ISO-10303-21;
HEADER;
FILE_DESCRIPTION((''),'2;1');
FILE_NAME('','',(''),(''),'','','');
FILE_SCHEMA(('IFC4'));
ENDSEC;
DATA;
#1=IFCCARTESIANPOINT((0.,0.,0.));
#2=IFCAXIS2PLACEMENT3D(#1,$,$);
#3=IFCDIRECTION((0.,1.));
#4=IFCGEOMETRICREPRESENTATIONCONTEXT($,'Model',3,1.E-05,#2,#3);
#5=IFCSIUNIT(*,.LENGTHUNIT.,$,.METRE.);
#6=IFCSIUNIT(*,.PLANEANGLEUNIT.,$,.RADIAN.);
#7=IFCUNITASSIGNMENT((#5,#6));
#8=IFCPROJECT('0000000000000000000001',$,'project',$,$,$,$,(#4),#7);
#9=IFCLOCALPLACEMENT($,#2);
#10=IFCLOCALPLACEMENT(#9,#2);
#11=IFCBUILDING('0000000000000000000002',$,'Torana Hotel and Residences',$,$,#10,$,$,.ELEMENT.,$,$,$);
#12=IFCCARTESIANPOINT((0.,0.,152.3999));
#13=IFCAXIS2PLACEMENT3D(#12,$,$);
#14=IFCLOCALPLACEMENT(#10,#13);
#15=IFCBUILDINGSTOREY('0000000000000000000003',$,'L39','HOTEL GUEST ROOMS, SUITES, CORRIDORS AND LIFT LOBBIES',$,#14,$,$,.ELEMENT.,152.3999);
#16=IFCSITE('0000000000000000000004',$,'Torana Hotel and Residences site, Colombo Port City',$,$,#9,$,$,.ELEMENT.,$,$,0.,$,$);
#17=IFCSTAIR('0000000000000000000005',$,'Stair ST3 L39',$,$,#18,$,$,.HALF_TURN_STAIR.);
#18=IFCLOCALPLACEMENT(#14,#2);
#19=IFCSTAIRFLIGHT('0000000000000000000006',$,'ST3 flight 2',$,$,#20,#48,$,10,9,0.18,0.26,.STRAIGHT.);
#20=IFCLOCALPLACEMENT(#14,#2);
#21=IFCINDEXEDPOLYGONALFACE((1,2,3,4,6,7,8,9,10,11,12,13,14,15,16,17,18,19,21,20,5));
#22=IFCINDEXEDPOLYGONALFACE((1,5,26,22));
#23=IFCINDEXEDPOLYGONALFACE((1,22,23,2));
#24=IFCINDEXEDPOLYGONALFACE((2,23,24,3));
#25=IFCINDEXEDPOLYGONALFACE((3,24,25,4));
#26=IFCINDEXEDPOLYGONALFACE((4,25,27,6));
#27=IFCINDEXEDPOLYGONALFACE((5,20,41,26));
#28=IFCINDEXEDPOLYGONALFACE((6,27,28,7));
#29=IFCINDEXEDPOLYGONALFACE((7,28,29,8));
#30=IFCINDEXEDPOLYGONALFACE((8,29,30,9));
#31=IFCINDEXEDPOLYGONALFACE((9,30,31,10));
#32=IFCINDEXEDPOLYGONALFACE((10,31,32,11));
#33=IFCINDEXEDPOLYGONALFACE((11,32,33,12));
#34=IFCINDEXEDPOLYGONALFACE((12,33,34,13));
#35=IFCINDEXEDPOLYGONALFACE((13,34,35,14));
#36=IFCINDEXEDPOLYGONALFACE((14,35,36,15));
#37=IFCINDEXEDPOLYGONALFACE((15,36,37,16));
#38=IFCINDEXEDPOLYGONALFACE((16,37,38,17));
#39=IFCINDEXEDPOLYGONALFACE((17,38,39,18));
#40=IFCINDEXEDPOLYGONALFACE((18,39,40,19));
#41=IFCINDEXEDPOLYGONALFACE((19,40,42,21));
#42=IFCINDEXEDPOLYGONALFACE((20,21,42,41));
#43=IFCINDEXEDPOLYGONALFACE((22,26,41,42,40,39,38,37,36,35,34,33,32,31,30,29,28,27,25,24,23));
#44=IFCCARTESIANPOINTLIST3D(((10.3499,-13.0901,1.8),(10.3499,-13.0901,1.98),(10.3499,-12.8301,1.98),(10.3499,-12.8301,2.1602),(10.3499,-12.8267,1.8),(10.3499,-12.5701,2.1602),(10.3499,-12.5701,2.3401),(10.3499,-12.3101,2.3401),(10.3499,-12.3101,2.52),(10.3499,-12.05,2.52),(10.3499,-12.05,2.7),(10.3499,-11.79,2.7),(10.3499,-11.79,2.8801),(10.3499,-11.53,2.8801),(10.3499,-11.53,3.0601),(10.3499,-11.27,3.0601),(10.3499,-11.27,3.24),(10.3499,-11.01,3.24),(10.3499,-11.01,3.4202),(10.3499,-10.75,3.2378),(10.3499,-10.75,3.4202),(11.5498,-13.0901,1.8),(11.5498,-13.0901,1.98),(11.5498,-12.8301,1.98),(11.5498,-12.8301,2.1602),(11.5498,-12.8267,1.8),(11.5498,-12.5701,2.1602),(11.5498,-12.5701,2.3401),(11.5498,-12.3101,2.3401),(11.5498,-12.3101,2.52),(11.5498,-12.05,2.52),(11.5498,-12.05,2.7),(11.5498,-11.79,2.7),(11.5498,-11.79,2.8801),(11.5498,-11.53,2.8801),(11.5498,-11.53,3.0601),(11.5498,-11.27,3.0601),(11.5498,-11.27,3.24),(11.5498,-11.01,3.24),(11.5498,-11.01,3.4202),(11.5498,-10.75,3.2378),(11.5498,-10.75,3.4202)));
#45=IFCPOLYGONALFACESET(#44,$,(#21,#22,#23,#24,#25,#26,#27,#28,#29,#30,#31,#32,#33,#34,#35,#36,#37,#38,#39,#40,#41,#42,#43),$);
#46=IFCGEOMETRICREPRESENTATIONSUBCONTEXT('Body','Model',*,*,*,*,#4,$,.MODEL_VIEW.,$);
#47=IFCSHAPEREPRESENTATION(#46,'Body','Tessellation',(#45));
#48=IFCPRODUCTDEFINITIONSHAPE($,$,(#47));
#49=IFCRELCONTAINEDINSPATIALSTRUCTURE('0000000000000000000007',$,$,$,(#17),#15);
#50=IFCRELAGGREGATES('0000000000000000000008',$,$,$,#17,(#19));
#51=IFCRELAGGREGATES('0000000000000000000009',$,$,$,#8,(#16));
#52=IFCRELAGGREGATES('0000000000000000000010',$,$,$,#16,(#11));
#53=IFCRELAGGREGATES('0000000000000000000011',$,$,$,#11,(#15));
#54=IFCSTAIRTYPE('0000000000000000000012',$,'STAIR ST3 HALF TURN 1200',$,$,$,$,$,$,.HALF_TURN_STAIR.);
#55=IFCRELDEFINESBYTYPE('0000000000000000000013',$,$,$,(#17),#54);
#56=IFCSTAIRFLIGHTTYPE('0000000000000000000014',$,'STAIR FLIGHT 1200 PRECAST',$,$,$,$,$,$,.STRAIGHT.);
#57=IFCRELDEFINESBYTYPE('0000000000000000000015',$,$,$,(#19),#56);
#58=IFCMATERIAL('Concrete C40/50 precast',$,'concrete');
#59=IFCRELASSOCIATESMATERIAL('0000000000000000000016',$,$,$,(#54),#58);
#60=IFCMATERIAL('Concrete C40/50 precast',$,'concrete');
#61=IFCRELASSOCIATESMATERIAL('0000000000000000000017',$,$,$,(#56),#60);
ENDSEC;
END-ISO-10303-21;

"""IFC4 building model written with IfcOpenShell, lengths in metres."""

from ifc_helpers import new_model, si_unit, direction, frame, origin, place, context, subcontext, project, spatial, polyline, outline, extrude, material, type_object, element, aggregate, save


model = new_model("IFC4")

# Units and contexts
model_context = context("Model", 3, precision=1e-05, world=origin(), true_north=direction((0.0, 1.0)))
body_context = subcontext(model_context, "Body", "Model", "MODEL_VIEW")
ifc_project = project(units=[si_unit("LENGTHUNIT", "METRE"), si_unit("PLANEANGLEUNIT", "RADIAN")], contexts=[model_context])

# Site, building, storey
site_placement = place(None, origin())
site = spatial("IfcSite", under=ifc_project, at=site_placement, Name="Torana Hotel and Residences site, Colombo Port City", CompositionType="ELEMENT", RefElevation=0.0)
building_placement = place(site_placement, origin())
building = spatial("IfcBuilding", under=site, at=building_placement, Name="Torana Hotel and Residences", CompositionType="ELEMENT")
storey_placement = place(building_placement, frame((0.0, 0.0, 152.3999)))
storey = spatial("IfcBuildingStorey", under=building, at=storey_placement, Name="L39", Description="HOTEL GUEST ROOMS, SUITES, CORRIDORS AND LIFT LOBBIES", CompositionType="ELEMENT", Elevation=152.3999)

# Stair, stair flight
ifc_material_1 = material(Name="Concrete C40/50 precast", Category="concrete")
stair_type = type_object("IfcStairType", Name="STAIR ST3 HALF TURN 1200", PredefinedType="HALF_TURN_STAIR", material=ifc_material_1)
stair_placement = place(storey_placement, origin())
stair = element("IfcStair", 1, at=stair_placement, inside=storey, type_object=stair_type, Name="Stair ST3 L39", PredefinedType="HALF_TURN_STAIR")
ifc_material_2 = material(Name="Concrete C40/50 precast", Category="concrete")
stair_flight_type = type_object("IfcStairFlightType", Name="STAIR FLIGHT 1200 PRECAST", PredefinedType="STRAIGHT", material=ifc_material_2)
stair_flight_placement = place(storey_placement, frame((10.95, -13.0901, 1.8), z_axis=(0.0, 0.0, 1.0), x_axis=(0.0, 1.0, 0.0)))
stair_flight = element("IfcStairFlight", 2, at=stair_flight_placement, type_object=stair_flight_type, Name="ST3 flight 2", NumberOfRisers=10, NumberOfTreads=9, PredefinedType="STRAIGHT", RiserHeight=0.18, TreadLength=0.26, context=body_context, shape_type="SweptSolid", body=[
    extrude(outline(polyline([(0.0, 0.0), (0.0, 0.1799), (0.26, 0.1799), (0.26, 0.3601), (0.52, 0.3601), (0.52, 0.54), (0.78, 0.54), (0.78, 0.72), (1.04, 0.72), (1.04, 0.8999), (1.3, 0.8999), (1.3, 1.0801), (1.5601, 1.0801), (1.5601, 1.26), (1.8201, 1.26), (1.8201, 1.4399), (2.0801, 1.4399), (2.0801, 1.6201), (2.3401, 1.6201), (2.3401, 1.8), (2.3401, 1.4377), (0.2634, 0.0), (0.0, 0.0)])), frame((0.0, 0.6001, 0.0), z_axis=(0.0, -1.0, 0.0), x_axis=(1.0, 0.0, 0.0)), (0.0, 0.0, 1.0), 1.2),
])
aggregate(stair, [stair_flight])

save(model, "model.ifc")
